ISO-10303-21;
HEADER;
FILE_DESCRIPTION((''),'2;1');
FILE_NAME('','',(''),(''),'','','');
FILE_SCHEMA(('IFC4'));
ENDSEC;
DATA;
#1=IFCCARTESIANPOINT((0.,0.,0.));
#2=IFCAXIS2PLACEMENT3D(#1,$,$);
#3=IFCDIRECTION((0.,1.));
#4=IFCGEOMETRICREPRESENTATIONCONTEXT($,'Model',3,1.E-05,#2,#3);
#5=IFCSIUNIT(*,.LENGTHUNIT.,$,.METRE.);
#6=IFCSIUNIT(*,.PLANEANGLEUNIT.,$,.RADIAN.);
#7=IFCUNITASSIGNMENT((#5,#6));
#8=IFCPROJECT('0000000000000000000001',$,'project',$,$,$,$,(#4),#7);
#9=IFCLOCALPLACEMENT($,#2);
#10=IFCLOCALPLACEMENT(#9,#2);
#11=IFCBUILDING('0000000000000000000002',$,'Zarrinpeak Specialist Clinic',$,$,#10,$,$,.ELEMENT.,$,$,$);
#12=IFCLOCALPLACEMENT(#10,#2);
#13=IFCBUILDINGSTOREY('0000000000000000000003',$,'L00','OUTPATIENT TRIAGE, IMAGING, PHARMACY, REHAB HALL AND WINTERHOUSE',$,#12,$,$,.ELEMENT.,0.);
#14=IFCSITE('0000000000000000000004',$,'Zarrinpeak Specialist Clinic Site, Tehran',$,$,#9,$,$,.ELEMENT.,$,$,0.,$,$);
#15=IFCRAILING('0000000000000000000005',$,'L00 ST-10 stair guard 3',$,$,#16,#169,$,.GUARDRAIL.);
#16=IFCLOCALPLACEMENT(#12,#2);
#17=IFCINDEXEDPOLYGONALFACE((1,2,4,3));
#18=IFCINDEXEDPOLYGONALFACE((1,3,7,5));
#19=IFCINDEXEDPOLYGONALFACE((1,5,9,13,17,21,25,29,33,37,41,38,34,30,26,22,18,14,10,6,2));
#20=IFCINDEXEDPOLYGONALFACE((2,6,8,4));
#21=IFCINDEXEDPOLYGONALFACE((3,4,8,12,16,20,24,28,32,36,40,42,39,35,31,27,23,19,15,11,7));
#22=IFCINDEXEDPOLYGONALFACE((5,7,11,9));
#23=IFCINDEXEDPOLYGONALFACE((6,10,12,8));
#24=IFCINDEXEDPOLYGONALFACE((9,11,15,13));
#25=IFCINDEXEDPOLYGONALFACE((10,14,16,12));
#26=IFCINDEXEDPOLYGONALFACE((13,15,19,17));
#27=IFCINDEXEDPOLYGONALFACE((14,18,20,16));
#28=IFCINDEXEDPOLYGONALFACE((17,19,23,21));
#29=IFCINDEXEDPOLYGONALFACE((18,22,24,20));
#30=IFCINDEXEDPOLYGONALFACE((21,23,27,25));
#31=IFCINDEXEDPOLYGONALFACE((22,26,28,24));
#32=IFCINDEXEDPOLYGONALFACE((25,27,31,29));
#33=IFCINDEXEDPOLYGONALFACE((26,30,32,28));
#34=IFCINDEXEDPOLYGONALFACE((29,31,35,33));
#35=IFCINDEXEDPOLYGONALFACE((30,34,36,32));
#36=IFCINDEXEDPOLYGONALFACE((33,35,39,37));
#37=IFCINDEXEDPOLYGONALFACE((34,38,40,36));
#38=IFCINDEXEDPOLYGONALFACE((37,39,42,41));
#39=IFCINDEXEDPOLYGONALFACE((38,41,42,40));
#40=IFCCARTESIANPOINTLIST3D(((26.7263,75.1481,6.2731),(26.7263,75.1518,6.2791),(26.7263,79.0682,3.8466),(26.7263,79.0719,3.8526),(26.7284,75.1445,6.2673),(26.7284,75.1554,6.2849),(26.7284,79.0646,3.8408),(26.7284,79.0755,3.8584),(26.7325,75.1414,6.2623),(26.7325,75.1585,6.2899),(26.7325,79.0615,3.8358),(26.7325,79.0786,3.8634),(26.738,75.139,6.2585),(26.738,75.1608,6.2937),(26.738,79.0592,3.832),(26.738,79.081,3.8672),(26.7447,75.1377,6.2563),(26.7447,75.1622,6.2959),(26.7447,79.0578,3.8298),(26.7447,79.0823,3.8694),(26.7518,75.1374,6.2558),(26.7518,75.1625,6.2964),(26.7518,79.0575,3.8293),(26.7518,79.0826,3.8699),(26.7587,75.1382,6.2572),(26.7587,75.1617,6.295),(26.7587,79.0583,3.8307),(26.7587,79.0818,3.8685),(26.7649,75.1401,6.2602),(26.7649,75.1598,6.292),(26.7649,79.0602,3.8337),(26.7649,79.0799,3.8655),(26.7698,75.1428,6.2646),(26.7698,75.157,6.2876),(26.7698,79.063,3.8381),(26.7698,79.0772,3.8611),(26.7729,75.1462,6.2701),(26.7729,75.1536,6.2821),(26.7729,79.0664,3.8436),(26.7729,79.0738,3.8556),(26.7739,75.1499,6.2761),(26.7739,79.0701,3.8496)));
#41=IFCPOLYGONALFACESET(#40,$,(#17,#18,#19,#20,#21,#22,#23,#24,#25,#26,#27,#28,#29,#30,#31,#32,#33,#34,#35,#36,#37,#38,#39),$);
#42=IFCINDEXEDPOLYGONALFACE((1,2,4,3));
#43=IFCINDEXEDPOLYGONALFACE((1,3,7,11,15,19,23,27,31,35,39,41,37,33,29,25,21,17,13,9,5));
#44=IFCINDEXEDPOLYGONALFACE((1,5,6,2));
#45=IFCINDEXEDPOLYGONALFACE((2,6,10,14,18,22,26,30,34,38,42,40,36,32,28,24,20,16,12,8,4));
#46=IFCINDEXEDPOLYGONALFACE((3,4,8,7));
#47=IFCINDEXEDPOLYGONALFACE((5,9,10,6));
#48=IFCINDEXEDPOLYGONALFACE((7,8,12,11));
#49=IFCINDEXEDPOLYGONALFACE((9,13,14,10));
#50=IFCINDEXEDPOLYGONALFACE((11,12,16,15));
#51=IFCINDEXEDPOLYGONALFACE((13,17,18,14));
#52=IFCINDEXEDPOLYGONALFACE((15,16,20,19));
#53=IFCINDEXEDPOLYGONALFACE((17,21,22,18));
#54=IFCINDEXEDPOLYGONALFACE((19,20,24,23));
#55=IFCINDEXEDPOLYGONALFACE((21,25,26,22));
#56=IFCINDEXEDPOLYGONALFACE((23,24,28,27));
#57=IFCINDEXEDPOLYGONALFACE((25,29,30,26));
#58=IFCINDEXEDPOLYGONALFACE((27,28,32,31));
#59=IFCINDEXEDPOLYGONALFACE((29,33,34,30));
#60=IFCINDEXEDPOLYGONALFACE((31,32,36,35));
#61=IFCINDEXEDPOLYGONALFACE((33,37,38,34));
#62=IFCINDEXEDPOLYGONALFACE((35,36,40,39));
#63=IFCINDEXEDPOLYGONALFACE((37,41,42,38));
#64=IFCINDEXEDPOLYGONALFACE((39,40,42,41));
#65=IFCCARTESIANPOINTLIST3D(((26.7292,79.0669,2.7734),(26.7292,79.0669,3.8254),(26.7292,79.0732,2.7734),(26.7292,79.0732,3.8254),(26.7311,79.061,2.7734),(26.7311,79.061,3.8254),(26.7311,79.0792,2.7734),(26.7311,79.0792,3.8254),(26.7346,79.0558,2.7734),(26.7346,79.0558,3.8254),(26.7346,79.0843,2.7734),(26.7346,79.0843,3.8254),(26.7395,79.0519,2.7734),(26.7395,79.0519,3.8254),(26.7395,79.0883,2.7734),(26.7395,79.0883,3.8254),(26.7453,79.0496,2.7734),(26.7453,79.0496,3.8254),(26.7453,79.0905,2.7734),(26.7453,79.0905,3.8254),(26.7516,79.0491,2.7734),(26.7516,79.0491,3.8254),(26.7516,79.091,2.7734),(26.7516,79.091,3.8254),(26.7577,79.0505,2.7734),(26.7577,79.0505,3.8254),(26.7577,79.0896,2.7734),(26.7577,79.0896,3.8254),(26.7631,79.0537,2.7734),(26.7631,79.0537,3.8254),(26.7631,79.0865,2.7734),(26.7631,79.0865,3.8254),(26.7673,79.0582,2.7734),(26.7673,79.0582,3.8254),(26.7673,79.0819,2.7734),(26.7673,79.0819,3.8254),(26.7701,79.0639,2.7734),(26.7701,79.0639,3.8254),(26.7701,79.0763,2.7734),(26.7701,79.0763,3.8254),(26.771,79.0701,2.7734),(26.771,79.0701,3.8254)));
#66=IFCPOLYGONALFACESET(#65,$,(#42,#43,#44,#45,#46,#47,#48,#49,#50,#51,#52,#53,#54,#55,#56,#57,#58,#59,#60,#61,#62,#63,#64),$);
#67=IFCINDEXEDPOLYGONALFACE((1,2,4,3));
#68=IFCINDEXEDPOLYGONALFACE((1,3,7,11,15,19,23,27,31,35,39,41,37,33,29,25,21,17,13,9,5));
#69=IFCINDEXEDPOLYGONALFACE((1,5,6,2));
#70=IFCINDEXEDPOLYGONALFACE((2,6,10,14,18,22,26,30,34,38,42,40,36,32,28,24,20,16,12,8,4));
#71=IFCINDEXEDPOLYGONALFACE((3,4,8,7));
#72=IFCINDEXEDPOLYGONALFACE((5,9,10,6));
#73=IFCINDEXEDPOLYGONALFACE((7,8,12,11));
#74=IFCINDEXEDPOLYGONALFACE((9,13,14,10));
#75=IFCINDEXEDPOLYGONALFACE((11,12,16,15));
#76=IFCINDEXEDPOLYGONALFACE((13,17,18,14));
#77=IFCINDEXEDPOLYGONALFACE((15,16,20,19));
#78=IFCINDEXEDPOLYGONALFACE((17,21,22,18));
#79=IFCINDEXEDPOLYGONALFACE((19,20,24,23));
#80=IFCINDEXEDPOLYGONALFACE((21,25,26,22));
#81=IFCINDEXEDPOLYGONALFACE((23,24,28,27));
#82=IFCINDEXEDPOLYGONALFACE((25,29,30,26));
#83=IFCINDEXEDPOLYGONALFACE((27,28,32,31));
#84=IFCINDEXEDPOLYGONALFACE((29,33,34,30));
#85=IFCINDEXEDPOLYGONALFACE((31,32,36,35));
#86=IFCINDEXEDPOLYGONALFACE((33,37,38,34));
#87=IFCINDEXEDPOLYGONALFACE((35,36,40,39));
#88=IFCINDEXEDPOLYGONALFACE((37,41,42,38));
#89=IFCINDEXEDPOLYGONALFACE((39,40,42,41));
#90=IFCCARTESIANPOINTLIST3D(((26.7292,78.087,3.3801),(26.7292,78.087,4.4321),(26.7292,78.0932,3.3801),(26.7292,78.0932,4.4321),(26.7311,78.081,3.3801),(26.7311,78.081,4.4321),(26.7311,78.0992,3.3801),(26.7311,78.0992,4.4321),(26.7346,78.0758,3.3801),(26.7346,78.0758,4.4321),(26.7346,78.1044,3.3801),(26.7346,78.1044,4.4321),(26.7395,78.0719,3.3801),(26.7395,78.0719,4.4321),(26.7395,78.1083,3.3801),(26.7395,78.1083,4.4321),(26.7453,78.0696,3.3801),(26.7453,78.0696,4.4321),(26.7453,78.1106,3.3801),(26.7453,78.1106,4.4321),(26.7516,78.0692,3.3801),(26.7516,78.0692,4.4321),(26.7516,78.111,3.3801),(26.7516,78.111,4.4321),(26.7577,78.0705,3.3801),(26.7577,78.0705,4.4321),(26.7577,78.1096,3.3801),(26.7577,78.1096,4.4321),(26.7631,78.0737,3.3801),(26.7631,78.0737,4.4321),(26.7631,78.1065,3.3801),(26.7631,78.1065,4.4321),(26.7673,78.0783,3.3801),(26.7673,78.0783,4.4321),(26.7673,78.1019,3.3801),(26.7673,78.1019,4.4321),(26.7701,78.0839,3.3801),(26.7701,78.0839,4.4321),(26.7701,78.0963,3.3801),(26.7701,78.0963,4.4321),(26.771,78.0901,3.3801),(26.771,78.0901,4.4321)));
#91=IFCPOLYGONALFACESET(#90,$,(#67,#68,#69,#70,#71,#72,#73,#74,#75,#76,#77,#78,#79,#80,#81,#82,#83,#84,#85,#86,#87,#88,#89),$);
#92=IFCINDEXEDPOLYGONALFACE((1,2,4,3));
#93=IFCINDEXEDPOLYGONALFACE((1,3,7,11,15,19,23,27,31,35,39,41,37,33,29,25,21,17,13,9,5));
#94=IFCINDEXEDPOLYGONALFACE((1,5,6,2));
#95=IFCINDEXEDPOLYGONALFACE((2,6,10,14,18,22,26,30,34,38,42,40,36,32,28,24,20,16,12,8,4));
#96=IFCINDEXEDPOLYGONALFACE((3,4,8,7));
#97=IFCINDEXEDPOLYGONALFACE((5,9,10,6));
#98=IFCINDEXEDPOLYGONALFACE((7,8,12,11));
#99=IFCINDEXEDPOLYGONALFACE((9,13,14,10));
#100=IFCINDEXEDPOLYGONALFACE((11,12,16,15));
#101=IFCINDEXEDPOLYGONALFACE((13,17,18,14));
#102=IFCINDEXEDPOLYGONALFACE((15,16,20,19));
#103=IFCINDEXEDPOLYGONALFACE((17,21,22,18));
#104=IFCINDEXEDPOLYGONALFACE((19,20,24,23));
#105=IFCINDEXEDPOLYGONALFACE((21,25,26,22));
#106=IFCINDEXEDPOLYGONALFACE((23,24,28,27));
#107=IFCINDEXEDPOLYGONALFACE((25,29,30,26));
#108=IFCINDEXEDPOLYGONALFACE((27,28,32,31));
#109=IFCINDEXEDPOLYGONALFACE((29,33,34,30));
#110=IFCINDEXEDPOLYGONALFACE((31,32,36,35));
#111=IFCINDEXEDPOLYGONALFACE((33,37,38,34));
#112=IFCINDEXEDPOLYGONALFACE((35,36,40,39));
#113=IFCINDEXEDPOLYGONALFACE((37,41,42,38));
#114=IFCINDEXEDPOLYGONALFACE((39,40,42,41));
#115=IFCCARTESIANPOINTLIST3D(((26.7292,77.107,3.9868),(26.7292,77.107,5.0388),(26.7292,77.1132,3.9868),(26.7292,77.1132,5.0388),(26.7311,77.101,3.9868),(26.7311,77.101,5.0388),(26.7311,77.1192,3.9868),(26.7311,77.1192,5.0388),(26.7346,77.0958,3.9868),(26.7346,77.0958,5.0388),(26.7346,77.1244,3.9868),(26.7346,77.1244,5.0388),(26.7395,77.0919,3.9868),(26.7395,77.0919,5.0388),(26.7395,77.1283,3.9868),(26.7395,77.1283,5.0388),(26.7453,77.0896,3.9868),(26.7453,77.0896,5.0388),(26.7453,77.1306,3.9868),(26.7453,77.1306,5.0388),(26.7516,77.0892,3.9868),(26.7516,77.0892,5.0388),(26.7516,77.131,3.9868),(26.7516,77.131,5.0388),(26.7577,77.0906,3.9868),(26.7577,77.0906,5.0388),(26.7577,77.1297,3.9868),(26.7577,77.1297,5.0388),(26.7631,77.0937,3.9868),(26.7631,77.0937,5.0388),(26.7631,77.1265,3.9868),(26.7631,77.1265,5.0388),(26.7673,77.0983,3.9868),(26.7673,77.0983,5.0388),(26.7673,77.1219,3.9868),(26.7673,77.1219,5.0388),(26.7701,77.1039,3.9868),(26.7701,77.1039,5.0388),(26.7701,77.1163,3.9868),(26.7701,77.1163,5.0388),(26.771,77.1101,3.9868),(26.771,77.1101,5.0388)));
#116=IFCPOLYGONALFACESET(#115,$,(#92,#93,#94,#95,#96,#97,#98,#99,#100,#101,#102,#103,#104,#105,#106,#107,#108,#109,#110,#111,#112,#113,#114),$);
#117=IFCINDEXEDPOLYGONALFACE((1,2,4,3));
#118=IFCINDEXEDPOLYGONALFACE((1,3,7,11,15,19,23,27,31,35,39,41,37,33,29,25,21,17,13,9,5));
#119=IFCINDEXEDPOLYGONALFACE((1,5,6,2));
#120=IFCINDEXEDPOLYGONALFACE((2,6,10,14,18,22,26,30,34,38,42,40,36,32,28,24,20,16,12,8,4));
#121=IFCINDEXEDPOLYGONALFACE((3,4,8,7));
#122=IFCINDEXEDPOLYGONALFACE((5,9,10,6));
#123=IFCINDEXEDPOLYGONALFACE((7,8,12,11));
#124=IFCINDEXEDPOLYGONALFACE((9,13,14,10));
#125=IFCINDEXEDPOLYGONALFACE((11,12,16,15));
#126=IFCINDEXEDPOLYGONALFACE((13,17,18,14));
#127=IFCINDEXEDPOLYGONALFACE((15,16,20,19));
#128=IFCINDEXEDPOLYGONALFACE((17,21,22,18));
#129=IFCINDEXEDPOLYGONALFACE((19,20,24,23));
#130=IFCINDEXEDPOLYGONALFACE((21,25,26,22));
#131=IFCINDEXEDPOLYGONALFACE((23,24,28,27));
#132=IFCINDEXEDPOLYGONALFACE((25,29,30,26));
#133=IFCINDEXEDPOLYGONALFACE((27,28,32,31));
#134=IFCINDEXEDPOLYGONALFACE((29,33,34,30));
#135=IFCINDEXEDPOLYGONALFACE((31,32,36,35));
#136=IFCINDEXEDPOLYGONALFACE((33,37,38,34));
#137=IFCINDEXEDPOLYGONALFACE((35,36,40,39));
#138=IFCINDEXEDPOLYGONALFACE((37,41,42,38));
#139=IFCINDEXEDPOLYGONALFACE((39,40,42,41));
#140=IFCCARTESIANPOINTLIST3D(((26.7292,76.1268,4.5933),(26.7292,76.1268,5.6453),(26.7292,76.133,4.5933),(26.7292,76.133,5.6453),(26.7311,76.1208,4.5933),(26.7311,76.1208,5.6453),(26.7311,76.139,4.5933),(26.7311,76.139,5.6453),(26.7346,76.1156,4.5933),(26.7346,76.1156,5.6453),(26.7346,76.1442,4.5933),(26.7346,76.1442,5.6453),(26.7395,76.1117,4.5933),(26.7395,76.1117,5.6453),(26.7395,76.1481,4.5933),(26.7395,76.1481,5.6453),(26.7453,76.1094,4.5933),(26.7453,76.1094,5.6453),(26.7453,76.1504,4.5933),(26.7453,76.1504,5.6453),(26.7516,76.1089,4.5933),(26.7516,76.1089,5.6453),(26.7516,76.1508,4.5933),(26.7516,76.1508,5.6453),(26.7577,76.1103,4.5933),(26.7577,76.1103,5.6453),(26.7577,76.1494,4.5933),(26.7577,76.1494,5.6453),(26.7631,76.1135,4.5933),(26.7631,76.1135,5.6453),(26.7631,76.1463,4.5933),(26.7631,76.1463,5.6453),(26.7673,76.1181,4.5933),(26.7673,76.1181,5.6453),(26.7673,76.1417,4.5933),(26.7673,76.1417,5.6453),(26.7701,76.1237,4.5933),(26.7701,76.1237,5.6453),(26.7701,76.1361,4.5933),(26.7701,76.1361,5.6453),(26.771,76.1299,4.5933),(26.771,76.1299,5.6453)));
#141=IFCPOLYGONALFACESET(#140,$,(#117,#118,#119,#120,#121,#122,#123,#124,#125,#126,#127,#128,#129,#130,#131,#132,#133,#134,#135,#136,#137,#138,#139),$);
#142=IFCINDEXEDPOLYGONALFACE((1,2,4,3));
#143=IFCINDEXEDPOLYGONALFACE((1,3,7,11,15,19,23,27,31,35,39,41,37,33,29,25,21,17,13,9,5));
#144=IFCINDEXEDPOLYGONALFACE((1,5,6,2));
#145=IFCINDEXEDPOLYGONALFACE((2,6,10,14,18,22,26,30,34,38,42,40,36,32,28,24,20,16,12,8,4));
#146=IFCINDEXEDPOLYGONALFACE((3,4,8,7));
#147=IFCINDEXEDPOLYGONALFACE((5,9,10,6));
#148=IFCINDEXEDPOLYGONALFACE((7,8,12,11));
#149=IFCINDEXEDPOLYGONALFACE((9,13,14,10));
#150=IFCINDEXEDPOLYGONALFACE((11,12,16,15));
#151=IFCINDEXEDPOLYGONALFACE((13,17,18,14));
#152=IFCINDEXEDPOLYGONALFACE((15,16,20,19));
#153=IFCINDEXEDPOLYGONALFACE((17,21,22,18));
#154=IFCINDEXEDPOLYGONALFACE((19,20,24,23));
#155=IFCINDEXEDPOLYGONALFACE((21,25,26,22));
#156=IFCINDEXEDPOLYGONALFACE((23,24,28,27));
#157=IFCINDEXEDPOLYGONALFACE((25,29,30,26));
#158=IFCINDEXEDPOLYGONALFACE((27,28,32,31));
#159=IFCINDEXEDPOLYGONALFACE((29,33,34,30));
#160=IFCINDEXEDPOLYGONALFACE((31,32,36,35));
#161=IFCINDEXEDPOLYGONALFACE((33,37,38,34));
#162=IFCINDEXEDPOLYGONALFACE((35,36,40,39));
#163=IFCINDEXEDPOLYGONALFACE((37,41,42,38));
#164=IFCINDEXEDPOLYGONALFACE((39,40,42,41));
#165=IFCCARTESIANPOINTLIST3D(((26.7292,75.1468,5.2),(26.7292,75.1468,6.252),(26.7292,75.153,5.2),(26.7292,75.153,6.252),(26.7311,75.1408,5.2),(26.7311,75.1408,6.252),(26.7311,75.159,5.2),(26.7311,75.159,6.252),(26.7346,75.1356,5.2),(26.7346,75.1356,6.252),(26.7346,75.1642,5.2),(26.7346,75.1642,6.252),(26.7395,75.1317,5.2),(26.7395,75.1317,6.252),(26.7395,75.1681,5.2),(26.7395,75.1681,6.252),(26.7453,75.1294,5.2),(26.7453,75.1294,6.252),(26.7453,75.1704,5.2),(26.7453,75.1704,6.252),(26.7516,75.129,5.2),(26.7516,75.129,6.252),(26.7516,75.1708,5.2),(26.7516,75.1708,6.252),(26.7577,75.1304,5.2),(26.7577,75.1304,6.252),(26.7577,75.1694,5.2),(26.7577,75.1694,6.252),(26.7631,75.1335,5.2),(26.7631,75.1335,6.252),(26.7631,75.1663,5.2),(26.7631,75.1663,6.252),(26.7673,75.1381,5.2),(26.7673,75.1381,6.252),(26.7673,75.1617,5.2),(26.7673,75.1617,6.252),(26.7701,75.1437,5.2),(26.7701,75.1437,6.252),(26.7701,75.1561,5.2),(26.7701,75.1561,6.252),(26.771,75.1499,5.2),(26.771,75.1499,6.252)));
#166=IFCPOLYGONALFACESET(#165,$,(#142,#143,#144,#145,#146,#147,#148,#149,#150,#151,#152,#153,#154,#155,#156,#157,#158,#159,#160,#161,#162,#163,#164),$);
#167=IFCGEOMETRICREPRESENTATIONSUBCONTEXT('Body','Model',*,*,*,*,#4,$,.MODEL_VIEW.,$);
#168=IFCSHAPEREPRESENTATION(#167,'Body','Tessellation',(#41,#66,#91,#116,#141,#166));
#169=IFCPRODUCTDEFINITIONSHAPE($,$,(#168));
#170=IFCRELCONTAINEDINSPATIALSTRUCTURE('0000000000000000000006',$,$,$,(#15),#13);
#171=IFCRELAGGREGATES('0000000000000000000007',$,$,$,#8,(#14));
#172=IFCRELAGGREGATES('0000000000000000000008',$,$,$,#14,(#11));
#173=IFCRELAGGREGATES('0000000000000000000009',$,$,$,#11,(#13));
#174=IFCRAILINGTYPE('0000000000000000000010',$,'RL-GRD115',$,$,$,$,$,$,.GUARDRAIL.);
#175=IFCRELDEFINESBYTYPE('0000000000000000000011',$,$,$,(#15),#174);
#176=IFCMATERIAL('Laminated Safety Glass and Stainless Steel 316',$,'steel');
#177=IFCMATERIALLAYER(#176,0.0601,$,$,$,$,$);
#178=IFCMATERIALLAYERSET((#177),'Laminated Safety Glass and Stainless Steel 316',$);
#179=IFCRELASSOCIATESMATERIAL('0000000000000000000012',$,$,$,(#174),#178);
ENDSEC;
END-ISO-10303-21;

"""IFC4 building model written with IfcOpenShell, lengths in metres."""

from ifc_helpers import new_model, si_unit, direction, frame, origin, origin_2d, place, context, subcontext, project, spatial, circle, extrude, material, layer, layer_set, type_object, element, save


model = new_model("IFC4")

# Units and contexts
model_context = context("Model", 3, precision=1e-05, world=origin(), true_north=direction((0.0, 1.0)))
body_context = subcontext(model_context, "Body", "Model", "MODEL_VIEW")
ifc_project = project(units=[si_unit("LENGTHUNIT", "METRE"), si_unit("PLANEANGLEUNIT", "RADIAN")], contexts=[model_context])

# Site, building, storey
site_placement = place(None, origin())
site = spatial("IfcSite", under=ifc_project, at=site_placement, Name="Zarrinpeak Specialist Clinic Site, Tehran", CompositionType="ELEMENT", RefElevation=0.0)
building_placement = place(site_placement, origin())
building = spatial("IfcBuilding", under=site, at=building_placement, Name="Zarrinpeak Specialist Clinic", CompositionType="ELEMENT")
storey_placement = place(building_placement, origin())
storey = spatial("IfcBuildingStorey", under=building, at=storey_placement, Name="L00", Description="OUTPATIENT TRIAGE, IMAGING, PHARMACY, REHAB HALL AND WINTERHOUSE", CompositionType="ELEMENT", Elevation=0.0)

# Railing
ifc_material_1 = material(Name="Laminated Safety Glass and Stainless Steel 316", Category="steel")
ifc_layer_1 = layer(ifc_material_1, 0.0601)
ifc_layer_set_1 = layer_set([ifc_layer_1], Name="Laminated Safety Glass and Stainless Steel 316")
railing_type_1 = type_object("IfcRailingType", Name="RL-GRD115", PredefinedType="GUARDRAIL", material=ifc_layer_set_1)
railing_1_placement = place(storey_placement, frame((26.75, 79.0701, 2.7734)))
element("IfcRailing", 1, at=railing_1_placement, inside=storey, type_object=railing_type_1, Name="L00 ST-10 stair guard 3", PredefinedType="GUARDRAIL", context=body_context, shape_type="SweptSolid", body=[
    extrude(circle(Radius=0.0239, at=origin_2d()), frame((0.0, 0.0, 1.0762), z_axis=(0.0, -0.85029, 0.526315), x_axis=(1.0, 0.0, 0.0)), (0.0, 0.0, 1.0), 4.6104),
    extrude(circle(Radius=0.021, at=origin_2d()), origin(), (0.0, 0.0, 1.0), 1.052),
    extrude(circle(Radius=0.021, at=origin_2d()), frame((0.0, -0.98, 0.6067)), (0.0, 0.0, 1.0), 1.052),
    extrude(circle(Radius=0.021, at=origin_2d()), frame((0.0, -1.96, 1.2134)), (0.0, 0.0, 1.0), 1.052),
    extrude(circle(Radius=0.021, at=origin_2d()), frame((0.0, -2.9402, 1.8198)), (0.0, 0.0, 1.0), 1.052),
    extrude(circle(Radius=0.021, at=origin_2d()), frame((0.0, -3.9202, 2.4265)), (0.0, 0.0, 1.0), 1.052),
])

save(model, "model.ifc")
